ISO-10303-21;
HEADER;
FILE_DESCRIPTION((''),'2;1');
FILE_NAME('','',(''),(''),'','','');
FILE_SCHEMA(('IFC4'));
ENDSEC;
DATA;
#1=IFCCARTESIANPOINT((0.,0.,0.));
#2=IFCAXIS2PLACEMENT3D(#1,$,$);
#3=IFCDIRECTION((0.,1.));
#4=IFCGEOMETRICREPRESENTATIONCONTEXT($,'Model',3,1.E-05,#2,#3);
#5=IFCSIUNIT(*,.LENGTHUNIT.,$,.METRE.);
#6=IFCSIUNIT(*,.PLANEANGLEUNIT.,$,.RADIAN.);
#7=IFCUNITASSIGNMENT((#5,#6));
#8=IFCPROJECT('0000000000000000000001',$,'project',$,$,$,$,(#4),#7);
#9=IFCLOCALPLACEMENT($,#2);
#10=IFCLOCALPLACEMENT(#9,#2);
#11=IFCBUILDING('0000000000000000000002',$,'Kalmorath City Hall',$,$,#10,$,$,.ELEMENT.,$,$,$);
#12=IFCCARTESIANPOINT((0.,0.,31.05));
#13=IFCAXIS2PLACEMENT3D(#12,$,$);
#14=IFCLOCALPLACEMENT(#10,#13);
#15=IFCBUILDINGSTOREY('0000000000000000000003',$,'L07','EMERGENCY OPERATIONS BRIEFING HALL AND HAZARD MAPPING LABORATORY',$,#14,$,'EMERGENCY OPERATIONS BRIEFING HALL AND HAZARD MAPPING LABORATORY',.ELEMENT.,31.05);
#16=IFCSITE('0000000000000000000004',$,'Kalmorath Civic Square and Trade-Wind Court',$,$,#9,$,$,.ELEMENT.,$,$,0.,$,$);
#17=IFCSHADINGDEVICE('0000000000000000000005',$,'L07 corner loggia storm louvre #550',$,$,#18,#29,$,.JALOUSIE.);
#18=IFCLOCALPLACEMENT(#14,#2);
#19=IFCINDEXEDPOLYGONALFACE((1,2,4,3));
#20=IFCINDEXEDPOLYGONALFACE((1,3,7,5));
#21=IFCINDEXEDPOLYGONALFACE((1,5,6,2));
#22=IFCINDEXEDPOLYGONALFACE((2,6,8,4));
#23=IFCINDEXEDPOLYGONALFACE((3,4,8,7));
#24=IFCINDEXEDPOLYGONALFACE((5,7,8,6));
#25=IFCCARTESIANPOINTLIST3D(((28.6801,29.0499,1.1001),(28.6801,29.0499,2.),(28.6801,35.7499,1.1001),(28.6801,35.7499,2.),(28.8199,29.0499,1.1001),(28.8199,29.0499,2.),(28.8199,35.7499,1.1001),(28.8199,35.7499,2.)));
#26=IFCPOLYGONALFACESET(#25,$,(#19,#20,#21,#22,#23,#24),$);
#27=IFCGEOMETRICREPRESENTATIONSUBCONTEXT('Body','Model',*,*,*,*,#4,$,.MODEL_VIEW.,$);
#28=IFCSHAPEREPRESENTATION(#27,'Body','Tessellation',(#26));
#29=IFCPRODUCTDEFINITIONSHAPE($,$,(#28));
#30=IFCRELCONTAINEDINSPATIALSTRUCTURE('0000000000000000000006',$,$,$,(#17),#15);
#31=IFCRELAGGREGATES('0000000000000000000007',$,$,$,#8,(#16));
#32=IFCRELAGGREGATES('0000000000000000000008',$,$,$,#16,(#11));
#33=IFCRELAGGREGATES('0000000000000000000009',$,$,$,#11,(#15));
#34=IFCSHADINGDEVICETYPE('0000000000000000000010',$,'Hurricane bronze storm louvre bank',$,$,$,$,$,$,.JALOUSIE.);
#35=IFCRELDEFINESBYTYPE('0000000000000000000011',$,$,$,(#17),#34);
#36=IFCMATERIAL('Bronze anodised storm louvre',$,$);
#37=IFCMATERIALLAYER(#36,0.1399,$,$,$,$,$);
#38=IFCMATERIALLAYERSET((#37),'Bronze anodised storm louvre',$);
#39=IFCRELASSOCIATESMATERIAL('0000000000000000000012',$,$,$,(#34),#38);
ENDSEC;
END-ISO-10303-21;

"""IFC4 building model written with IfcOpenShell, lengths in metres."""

from ifc_helpers import new_model, si_unit, direction, frame, origin, origin_2d, place, context, subcontext, project, spatial, rectangle, extrude, material, layer, layer_set, type_object, element, save


model = new_model("IFC4")

# Units and contexts
model_context = context("Model", 3, precision=1e-05, world=origin(), true_north=direction((0.0, 1.0)))
body_context = subcontext(model_context, "Body", "Model", "MODEL_VIEW")
ifc_project = project(units=[si_unit("LENGTHUNIT", "METRE"), si_unit("PLANEANGLEUNIT", "RADIAN")], contexts=[model_context])

# Site, building, storey
site_placement = place(None, origin())
site = spatial("IfcSite", under=ifc_project, at=site_placement, Name="Kalmorath Civic Square and Trade-Wind Court", CompositionType="ELEMENT", RefElevation=0.0)
building_placement = place(site_placement, origin())
building = spatial("IfcBuilding", under=site, at=building_placement, Name="Kalmorath City Hall", CompositionType="ELEMENT")
storey_placement = place(building_placement, frame((0.0, 0.0, 31.05)))
storey = spatial("IfcBuildingStorey", under=building, at=storey_placement, Name="L07", Description="EMERGENCY OPERATIONS BRIEFING HALL AND HAZARD MAPPING LABORATORY", LongName="EMERGENCY OPERATIONS BRIEFING HALL AND HAZARD MAPPING LABORATORY", CompositionType="ELEMENT", Elevation=31.05)

# Shading device
ifc_material_1 = material(Name="Bronze anodised storm louvre")
ifc_layer_1 = layer(ifc_material_1, 0.1399)
ifc_layer_set_1 = layer_set([ifc_layer_1], Name="Bronze anodised storm louvre")
shading_device_type_1 = type_object("IfcShadingDeviceType", Name="Hurricane bronze storm louvre bank", PredefinedType="JALOUSIE", material=ifc_layer_set_1)
shading_device_placement = place(storey_placement, frame((28.75, 32.3999, 1.1001), z_axis=(0.0, 0.0, 1.0), x_axis=(0.0, 1.0, 0.0)))
element("IfcShadingDevice", 1, at=shading_device_placement, inside=storey, type_object=shading_device_type_1, Name="L07 corner loggia storm louvre #550", PredefinedType="JALOUSIE", context=body_context, shape_type="SweptSolid", body=[
    extrude(rectangle(XDim=6.7, YDim=0.1399, at=origin_2d()), origin(), (0.0, 0.0, 1.0), 0.8999),
])

save(model, "model.ifc")
